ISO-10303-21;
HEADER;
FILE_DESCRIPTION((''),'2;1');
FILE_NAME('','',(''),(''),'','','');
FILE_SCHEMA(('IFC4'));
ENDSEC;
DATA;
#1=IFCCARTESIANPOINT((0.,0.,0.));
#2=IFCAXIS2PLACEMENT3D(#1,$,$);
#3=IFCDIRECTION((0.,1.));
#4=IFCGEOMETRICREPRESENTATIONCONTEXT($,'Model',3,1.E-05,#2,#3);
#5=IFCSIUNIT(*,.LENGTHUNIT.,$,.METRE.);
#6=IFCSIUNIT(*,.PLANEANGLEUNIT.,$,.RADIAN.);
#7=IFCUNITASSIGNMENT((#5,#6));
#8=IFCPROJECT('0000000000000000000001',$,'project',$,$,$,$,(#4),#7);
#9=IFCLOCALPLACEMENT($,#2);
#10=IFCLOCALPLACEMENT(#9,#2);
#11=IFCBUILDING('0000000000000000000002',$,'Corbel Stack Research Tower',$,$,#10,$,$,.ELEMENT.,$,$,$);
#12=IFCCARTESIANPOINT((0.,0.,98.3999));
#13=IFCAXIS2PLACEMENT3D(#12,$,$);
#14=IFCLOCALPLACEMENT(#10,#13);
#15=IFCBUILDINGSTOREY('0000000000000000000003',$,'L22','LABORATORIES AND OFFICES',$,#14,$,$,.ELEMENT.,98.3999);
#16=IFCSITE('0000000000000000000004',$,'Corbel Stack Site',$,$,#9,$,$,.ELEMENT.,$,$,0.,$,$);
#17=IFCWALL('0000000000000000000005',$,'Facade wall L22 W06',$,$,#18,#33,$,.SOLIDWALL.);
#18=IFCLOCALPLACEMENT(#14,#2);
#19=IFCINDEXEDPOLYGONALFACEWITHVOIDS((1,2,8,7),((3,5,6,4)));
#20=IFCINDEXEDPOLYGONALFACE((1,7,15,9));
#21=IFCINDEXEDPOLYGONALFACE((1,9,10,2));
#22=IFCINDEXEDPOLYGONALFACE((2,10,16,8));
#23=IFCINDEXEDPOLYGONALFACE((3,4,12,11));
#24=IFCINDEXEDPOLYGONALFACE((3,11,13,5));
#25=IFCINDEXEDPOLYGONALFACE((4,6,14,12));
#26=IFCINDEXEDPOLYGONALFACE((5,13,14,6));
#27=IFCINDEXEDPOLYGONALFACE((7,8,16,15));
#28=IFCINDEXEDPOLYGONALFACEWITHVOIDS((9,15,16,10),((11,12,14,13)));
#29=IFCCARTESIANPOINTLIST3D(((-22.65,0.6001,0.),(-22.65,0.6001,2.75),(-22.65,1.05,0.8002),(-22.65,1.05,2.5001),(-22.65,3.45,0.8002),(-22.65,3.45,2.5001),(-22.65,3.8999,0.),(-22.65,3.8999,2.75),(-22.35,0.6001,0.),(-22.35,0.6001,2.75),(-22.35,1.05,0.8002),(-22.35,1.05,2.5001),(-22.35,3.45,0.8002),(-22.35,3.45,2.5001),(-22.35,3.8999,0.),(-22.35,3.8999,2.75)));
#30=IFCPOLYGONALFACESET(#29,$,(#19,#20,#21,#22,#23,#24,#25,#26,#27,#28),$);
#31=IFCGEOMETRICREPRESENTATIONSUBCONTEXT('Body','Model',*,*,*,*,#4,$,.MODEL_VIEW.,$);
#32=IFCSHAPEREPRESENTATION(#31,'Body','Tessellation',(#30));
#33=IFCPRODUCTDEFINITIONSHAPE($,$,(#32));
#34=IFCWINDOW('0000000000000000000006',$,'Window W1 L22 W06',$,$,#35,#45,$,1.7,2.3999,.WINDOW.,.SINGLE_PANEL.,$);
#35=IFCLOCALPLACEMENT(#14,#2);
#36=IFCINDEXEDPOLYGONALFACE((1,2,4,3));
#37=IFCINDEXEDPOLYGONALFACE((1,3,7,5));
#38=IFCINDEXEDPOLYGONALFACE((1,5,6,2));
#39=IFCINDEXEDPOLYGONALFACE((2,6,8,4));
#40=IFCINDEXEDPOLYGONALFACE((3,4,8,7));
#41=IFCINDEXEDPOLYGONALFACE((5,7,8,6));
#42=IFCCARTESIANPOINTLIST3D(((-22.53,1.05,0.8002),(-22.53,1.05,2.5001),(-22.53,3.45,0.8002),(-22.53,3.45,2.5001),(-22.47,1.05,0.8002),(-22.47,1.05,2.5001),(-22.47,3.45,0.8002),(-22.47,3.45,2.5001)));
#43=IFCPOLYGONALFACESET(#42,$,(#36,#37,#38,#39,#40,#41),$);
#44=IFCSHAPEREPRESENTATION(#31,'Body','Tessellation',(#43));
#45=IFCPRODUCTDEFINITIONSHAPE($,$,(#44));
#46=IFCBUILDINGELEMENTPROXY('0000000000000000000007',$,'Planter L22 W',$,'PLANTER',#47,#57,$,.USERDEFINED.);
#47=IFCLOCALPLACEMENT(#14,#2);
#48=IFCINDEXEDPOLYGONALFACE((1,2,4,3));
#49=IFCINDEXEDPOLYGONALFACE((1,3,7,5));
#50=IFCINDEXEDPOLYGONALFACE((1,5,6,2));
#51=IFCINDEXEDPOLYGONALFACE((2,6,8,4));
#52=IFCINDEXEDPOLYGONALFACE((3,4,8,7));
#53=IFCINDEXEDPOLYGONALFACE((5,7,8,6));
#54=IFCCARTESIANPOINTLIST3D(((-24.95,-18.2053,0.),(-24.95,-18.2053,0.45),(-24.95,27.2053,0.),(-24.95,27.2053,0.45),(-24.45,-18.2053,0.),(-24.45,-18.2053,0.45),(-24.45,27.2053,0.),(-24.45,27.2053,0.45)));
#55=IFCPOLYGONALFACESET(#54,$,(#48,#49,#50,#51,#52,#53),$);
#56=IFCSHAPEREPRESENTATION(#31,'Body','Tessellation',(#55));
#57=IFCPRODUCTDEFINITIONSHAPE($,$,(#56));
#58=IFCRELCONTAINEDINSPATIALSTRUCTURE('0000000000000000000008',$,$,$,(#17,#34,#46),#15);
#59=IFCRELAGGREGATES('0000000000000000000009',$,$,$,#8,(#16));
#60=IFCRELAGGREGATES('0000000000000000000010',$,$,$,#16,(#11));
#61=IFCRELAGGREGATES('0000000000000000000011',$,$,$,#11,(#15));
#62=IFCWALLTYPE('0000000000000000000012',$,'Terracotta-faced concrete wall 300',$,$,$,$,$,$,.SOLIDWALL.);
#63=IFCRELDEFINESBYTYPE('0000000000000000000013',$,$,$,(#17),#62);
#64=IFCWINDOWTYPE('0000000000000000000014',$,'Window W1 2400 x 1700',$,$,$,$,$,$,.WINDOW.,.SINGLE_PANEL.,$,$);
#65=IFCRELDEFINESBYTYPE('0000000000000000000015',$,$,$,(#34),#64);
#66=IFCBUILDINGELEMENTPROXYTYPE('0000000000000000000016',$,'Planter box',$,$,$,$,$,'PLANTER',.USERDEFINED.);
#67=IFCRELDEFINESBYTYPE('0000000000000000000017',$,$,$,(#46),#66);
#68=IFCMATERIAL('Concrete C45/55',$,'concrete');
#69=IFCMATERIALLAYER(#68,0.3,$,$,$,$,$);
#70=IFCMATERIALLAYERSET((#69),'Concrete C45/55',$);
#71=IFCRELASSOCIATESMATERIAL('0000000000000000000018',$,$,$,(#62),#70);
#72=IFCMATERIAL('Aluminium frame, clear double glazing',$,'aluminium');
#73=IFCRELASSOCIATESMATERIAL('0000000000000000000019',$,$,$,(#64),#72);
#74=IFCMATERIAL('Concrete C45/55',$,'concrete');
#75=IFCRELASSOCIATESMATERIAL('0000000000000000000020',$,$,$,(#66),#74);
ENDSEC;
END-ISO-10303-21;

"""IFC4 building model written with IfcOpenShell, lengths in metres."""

from ifc_helpers import new_model, si_unit, direction, frame, frame_2d, origin, origin_2d, place, context, subcontext, project, spatial, rectangle, extrude, material, layer, layer_set, type_object, element, fill, save


model = new_model("IFC4")

# Units and contexts
model_context = context("Model", 3, precision=1e-05, world=origin(), true_north=direction((0.0, 1.0)))
body_context = subcontext(model_context, "Body", "Model", "MODEL_VIEW")
ifc_project = project(units=[si_unit("LENGTHUNIT", "METRE"), si_unit("PLANEANGLEUNIT", "RADIAN")], contexts=[model_context])

# Site, building, storey
site_placement = place(None, origin())
site = spatial("IfcSite", under=ifc_project, at=site_placement, Name="Corbel Stack Site", CompositionType="ELEMENT", RefElevation=0.0)
building_placement = place(site_placement, origin())
building = spatial("IfcBuilding", under=site, at=building_placement, Name="Corbel Stack Research Tower", CompositionType="ELEMENT")
storey_placement = place(building_placement, frame((0.0, 0.0, 98.3999)))
storey = spatial("IfcBuildingStorey", under=building, at=storey_placement, Name="L22", Description="LABORATORIES AND OFFICES", CompositionType="ELEMENT", Elevation=98.3999)

# Wall, opening, window
ifc_material_1 = material(Name="Concrete C45/55", Category="concrete")
ifc_layer_1 = layer(ifc_material_1, 0.3)
ifc_layer_set_1 = layer_set([ifc_layer_1], Name="Concrete C45/55")
wall_type_1 = type_object("IfcWallType", Name="Terracotta-faced concrete wall 300", PredefinedType="SOLIDWALL", material=ifc_layer_set_1)
ifc_material_2 = material(Name="Aluminium frame, clear double glazing", Category="aluminium")
window_type = type_object("IfcWindowType", Name="Window W1 2400 x 1700", PartitioningType="SINGLE_PANEL", PredefinedType="WINDOW", material=ifc_material_2)
wall_1_placement = place(storey_placement, frame((-22.5, 0.6001, 0.0), z_axis=(0.0, 0.0, 1.0), x_axis=(0.0, 1.0, 0.0)))
wall_1 = element("IfcWall", 1, at=wall_1_placement, inside=storey, type_object=wall_type_1, Name="Facade wall L22 W06", PredefinedType="SOLIDWALL", context=body_context, shape_type="SweptSolid", body=[
    extrude(rectangle(XDim=3.2998, YDim=0.3, at=frame_2d((1.6499, 0.0))), origin(), (0.0, 0.0, 1.0), 2.75),
])
opening_1_placement = place(wall_1_placement, frame((0.45, 0.0, 0.8)))
opening_1 = element("IfcOpeningElement", 2, at=opening_1_placement, cuts=wall_1, PredefinedType="OPENING", context=body_context, shape_type="SweptSolid", body=[
    extrude(rectangle(XDim=2.3999, YDim=1.7, at=frame_2d((1.2, 0.8501))), frame((0.0, 0.1599, 0.0), z_axis=(0.0, -1.0, 0.0), x_axis=(1.0, 0.0, 0.0)), (0.0, 0.0, 1.0), 0.3201),
])
window_1_placement = place(opening_1_placement, origin())
window_1 = element("IfcWindow", 3, at=window_1_placement, inside=storey, type_object=window_type, Name="Window W1 L22 W06", OverallHeight=1.7, OverallWidth=2.3999, PartitioningType="SINGLE_PANEL", PredefinedType="WINDOW", context=body_context, shape_type="SweptSolid", body=[
    extrude(rectangle(XDim=2.3999, YDim=1.7, at=frame_2d((1.2, 0.8501))), frame((0.0, 0.03, 0.0), z_axis=(0.0, -1.0, 0.0), x_axis=(1.0, 0.0, 0.0)), (0.0, 0.0, 1.0), 0.0601),
])
fill(opening_1, window_1)

# Building element proxy
ifc_material_3 = material(Name="Concrete C45/55", Category="concrete")
building_element_proxy_type = type_object("IfcBuildingElementProxyType", Name="Planter box", ElementType="PLANTER", PredefinedType="USERDEFINED", material=ifc_material_3)
proxy_placement = place(storey_placement, frame((-24.7, 4.5, 0.0), z_axis=(0.0, 0.0, 1.0), x_axis=(0.0, -1.0, 0.0)))
element("IfcBuildingElementProxy", 4, at=proxy_placement, inside=storey, type_object=building_element_proxy_type, Name="Planter L22 W", ObjectType="PLANTER", PredefinedType="USERDEFINED", context=body_context, shape_type="SweptSolid", body=[
    extrude(rectangle(XDim=45.4106, YDim=0.5, at=origin_2d()), origin(), (0.0, 0.0, 1.0), 0.45),
])

save(model, "model.ifc")
